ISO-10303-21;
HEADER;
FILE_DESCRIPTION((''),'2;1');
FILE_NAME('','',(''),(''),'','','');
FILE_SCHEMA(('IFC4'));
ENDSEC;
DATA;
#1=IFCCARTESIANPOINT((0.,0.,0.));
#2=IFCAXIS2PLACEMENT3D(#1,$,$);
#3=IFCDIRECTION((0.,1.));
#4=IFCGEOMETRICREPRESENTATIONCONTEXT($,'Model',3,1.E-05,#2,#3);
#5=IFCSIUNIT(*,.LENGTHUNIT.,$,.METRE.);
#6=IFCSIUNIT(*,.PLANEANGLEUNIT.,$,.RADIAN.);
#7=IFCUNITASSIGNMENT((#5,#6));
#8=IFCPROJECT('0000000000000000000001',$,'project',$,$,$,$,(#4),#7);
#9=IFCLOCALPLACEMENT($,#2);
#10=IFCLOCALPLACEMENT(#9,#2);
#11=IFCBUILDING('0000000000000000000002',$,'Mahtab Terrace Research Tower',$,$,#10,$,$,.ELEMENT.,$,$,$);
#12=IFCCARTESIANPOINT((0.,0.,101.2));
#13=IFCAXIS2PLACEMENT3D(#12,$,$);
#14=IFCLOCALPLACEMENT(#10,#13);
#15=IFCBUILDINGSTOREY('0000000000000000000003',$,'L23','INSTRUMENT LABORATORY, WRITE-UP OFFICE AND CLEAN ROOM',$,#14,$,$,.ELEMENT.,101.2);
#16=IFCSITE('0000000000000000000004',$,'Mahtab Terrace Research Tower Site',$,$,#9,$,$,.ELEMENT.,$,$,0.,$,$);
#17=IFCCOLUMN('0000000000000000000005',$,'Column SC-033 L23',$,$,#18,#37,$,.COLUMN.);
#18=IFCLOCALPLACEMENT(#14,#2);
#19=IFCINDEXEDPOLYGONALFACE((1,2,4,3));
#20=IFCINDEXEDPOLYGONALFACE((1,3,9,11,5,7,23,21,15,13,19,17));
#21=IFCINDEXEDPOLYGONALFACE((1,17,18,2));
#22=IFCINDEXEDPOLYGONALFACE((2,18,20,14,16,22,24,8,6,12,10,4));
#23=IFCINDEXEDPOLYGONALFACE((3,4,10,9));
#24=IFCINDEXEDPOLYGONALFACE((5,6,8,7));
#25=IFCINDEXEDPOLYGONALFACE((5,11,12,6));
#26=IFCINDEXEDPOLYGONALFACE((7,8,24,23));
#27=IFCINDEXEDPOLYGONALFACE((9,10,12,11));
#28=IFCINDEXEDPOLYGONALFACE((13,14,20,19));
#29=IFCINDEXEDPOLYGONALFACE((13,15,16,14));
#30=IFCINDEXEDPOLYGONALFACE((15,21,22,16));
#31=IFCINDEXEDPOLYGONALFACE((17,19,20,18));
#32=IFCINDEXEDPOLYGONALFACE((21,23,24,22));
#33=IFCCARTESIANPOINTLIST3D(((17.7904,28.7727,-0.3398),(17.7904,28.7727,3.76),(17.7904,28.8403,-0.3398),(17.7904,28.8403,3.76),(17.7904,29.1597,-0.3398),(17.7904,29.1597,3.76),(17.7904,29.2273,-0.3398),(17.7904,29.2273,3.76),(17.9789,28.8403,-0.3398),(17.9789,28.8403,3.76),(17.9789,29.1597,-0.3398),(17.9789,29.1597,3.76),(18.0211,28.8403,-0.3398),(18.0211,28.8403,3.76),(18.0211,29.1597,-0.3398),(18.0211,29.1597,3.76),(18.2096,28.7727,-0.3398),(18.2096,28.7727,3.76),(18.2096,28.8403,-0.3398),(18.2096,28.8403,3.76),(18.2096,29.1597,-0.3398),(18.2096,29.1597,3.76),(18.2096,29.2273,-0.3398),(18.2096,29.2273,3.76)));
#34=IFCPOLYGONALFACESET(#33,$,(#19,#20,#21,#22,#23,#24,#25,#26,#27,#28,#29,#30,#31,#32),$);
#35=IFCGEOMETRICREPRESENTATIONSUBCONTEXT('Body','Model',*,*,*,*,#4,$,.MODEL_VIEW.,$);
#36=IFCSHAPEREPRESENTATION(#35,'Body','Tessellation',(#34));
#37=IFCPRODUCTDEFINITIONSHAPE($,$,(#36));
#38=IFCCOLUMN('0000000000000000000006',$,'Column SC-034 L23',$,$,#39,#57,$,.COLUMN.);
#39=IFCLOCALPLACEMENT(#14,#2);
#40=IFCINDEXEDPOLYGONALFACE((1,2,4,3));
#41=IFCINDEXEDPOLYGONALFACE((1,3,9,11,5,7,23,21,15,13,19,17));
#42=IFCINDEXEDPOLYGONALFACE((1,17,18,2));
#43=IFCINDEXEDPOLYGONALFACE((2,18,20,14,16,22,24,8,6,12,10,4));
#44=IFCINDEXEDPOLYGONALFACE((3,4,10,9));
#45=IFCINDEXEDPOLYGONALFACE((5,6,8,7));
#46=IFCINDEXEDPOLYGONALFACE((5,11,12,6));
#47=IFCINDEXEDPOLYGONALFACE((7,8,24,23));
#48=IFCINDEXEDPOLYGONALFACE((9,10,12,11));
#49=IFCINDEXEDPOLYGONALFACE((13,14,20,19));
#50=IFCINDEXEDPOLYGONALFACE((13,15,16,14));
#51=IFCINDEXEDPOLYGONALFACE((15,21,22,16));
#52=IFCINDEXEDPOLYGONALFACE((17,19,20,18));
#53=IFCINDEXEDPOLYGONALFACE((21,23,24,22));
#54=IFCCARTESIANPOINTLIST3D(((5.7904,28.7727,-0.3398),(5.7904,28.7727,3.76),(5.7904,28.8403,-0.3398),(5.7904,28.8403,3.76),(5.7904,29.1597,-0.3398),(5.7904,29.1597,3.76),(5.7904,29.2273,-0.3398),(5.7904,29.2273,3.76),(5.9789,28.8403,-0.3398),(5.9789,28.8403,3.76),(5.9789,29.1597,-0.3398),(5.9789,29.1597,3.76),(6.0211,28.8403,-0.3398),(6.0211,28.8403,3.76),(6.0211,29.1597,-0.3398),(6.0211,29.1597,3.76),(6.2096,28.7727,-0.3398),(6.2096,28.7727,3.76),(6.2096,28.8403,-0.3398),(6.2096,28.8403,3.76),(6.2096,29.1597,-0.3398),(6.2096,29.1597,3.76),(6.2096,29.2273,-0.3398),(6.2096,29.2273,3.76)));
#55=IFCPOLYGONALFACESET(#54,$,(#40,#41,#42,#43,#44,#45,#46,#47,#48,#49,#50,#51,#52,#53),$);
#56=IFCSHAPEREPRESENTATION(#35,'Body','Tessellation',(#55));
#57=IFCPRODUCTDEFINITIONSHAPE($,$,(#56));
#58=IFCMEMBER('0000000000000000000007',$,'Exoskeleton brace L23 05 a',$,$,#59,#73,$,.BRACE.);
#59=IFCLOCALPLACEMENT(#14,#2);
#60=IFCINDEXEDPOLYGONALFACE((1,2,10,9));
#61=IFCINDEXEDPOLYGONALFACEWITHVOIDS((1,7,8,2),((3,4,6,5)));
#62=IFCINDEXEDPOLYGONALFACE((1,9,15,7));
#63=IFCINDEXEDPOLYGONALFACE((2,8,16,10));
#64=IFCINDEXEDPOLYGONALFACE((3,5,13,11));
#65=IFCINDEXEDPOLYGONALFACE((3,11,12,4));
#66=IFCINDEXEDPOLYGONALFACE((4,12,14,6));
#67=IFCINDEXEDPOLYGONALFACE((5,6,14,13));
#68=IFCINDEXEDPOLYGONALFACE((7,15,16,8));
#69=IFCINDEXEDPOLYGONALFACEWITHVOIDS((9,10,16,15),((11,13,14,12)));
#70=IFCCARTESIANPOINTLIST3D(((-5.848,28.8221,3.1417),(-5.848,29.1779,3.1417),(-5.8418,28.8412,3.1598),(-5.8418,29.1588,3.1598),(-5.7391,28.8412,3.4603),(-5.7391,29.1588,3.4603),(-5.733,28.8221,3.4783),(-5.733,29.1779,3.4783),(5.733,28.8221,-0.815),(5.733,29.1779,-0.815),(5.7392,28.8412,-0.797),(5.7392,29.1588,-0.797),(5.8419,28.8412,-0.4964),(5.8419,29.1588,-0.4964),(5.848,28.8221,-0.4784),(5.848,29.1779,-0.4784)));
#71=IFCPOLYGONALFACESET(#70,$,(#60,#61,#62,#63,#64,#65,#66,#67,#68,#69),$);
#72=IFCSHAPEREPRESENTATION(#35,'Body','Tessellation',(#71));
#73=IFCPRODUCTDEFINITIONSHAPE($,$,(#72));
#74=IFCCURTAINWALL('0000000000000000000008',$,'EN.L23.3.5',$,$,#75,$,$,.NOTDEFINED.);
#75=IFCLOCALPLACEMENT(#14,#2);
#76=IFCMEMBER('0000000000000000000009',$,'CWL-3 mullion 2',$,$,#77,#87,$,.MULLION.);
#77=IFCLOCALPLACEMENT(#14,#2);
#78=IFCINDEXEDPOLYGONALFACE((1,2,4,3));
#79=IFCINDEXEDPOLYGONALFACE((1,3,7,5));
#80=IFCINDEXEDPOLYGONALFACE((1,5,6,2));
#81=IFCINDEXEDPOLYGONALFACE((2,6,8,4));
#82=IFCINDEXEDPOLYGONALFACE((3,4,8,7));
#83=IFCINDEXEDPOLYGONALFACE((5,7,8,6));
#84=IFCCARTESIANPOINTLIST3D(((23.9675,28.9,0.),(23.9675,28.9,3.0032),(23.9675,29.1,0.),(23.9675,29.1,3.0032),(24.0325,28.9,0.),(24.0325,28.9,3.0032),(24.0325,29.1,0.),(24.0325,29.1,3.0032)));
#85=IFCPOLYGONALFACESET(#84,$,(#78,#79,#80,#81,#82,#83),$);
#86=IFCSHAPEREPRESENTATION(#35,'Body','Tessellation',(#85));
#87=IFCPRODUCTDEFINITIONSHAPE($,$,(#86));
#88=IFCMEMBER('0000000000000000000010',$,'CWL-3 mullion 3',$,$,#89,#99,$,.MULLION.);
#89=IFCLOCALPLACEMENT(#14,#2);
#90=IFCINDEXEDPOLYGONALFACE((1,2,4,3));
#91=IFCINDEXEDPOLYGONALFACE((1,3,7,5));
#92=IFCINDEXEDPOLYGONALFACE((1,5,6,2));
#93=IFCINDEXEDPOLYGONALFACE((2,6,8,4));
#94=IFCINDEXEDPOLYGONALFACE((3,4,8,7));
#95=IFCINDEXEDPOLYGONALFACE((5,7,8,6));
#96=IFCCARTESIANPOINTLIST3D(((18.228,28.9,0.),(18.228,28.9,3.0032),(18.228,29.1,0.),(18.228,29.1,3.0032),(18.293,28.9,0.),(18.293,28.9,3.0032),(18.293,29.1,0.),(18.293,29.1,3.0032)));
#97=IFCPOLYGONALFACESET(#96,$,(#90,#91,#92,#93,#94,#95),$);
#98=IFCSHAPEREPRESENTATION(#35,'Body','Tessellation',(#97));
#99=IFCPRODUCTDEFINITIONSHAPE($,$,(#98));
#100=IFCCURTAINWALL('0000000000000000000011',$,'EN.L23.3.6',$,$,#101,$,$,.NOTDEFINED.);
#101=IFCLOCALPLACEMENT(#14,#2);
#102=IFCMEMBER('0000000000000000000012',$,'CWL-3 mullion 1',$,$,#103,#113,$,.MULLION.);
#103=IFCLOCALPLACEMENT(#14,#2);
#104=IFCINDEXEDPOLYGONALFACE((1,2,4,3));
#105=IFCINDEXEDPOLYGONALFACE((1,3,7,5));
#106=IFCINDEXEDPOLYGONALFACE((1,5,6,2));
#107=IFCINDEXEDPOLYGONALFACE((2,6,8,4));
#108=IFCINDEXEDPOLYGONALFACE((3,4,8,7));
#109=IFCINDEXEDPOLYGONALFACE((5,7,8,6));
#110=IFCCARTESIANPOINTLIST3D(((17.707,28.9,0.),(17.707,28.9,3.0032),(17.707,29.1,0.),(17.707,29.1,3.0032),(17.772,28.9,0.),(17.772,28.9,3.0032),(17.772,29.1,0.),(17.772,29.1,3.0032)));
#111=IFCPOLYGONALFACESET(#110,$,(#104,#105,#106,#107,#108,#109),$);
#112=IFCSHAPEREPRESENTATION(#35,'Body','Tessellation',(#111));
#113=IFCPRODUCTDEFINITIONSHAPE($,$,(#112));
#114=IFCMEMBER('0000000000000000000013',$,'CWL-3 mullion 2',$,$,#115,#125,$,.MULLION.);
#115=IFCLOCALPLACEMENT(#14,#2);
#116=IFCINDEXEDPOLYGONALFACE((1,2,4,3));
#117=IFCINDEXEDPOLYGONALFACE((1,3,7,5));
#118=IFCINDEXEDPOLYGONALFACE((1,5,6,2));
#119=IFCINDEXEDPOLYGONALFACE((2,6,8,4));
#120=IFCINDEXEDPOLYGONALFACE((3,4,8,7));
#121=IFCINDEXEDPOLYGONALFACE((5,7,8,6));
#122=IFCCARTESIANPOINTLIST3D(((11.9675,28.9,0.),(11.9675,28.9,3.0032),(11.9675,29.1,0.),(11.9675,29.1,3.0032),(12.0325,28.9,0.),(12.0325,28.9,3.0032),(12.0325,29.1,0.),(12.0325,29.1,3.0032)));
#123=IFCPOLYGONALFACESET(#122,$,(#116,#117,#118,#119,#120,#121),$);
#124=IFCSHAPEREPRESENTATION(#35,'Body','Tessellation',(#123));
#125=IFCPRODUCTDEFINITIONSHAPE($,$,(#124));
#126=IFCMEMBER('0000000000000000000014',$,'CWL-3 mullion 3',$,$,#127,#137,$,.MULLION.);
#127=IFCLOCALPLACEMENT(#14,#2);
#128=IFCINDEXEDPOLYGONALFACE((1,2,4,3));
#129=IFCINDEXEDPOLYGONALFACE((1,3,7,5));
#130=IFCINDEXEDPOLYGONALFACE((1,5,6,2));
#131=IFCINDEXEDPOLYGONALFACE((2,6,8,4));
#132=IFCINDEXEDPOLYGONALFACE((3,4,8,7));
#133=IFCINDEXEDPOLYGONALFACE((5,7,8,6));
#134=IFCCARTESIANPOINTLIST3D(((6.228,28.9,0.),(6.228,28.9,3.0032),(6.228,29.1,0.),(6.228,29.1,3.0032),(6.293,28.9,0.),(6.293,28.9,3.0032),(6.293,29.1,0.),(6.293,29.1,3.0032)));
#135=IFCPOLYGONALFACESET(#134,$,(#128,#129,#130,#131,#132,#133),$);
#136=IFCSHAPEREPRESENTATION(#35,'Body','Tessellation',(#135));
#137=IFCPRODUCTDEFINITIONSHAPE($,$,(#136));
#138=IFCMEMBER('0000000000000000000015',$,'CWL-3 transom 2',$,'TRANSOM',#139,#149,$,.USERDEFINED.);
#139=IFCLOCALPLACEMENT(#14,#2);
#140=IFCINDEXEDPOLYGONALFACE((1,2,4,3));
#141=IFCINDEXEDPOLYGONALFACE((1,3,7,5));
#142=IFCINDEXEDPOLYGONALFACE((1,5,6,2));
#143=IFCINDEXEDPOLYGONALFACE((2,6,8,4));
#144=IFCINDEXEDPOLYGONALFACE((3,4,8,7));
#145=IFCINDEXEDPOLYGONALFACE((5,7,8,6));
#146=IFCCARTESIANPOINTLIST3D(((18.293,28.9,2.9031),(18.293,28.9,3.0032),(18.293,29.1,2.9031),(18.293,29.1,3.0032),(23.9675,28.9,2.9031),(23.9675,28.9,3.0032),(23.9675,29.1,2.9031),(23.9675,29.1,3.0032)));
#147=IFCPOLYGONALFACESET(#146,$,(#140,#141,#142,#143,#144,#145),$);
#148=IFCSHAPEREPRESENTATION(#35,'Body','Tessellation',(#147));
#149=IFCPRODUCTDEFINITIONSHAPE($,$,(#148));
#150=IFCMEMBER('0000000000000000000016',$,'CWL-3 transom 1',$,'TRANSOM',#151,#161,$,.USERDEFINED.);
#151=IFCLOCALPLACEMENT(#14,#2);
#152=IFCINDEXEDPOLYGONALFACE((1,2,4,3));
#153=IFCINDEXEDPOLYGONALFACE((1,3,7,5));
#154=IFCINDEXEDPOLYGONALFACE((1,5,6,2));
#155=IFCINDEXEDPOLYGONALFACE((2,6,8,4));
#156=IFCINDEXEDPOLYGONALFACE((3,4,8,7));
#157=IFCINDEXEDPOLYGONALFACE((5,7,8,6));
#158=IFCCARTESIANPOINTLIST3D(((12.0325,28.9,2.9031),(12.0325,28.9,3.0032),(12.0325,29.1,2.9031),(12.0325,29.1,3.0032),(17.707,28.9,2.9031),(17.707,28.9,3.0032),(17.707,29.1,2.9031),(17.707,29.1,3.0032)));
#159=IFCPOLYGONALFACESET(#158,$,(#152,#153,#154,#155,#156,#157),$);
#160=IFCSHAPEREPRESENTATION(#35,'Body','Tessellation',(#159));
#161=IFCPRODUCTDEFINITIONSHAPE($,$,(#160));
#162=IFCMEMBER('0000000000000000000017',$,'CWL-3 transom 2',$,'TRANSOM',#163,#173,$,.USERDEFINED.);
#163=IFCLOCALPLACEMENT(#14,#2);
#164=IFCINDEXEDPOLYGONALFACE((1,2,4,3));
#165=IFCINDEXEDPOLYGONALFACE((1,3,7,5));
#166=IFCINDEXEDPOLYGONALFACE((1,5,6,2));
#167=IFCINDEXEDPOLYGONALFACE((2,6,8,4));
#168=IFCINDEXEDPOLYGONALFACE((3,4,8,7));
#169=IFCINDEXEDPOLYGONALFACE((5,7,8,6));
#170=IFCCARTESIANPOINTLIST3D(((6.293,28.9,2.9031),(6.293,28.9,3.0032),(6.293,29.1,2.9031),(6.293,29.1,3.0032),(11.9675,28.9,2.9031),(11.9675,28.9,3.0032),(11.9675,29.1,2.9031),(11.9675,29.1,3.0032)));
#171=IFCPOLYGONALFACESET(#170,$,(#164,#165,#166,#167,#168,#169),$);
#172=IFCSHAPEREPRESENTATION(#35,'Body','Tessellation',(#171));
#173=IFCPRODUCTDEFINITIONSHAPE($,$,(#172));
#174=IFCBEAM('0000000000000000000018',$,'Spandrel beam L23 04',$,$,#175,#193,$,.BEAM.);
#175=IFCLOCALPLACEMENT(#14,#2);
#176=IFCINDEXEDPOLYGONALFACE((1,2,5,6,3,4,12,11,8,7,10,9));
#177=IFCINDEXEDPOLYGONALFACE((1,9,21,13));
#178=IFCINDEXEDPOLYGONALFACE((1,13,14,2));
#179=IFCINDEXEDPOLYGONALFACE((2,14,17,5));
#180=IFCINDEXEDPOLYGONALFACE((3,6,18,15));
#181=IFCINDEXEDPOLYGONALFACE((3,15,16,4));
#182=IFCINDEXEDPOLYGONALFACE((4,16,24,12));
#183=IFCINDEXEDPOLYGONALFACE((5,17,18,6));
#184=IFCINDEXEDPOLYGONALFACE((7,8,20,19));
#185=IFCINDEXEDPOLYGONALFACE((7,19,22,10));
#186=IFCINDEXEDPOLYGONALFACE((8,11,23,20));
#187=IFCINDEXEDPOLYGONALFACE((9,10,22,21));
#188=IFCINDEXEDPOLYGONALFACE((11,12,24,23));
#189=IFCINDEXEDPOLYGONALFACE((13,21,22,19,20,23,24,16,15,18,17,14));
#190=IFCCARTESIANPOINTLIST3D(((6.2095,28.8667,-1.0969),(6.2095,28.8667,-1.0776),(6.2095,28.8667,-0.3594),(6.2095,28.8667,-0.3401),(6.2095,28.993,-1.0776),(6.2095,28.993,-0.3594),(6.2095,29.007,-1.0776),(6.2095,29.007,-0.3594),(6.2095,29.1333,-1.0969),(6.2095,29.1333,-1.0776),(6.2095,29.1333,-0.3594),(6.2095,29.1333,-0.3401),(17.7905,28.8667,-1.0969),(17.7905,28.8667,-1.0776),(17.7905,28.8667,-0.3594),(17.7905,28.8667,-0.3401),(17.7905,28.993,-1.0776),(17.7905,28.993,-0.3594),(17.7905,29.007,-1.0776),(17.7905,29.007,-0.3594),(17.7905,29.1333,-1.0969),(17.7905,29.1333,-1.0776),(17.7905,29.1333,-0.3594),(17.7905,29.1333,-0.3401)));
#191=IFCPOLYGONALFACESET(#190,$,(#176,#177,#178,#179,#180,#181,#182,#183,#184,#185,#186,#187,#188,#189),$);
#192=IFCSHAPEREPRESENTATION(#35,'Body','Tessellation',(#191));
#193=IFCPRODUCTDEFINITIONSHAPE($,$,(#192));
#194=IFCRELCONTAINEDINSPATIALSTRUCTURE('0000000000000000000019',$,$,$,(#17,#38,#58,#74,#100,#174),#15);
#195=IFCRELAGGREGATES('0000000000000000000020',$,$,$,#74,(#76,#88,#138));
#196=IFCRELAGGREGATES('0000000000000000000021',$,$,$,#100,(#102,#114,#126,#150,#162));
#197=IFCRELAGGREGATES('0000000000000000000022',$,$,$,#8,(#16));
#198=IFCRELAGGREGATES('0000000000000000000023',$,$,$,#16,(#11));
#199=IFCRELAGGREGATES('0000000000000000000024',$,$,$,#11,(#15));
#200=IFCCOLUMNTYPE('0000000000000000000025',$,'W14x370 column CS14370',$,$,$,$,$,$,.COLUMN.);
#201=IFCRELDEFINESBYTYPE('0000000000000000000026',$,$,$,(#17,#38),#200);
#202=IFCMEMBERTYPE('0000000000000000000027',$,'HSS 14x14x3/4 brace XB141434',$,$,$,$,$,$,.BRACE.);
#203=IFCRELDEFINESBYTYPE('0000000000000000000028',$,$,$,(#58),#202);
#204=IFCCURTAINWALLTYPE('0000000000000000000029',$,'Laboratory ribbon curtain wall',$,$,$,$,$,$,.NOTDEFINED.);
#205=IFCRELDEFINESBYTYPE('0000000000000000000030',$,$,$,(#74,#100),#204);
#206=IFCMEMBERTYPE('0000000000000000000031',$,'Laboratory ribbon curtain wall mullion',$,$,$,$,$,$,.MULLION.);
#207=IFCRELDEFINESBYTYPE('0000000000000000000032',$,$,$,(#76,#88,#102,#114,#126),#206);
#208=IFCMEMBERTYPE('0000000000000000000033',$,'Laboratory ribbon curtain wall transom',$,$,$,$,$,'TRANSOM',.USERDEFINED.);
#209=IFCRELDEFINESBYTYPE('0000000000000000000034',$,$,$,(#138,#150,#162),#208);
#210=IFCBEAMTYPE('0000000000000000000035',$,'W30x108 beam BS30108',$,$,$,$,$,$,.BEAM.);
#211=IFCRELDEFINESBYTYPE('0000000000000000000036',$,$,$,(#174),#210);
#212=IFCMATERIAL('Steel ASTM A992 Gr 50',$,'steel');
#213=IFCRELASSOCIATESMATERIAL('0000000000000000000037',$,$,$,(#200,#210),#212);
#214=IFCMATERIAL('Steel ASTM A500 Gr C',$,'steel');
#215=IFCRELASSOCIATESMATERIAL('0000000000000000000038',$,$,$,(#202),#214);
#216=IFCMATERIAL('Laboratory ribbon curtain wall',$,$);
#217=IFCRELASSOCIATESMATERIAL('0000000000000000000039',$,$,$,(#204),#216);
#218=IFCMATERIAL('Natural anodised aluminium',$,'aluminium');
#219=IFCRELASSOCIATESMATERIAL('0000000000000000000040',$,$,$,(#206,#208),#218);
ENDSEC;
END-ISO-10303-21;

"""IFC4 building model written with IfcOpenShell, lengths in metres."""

from ifc_helpers import new_model, si_unit, direction, frame, origin, origin_2d, place, context, subcontext, project, spatial, rectangle, hollow_rectangle, i_section, extrude, material, material_profile, profile_set, type_object, element, aggregate, save


model = new_model("IFC4")

# Units and contexts
model_context = context("Model", 3, precision=1e-05, world=origin(), true_north=direction((0.0, 1.0)))
body_context = subcontext(model_context, "Body", "Model", "MODEL_VIEW")
ifc_project = project(units=[si_unit("LENGTHUNIT", "METRE"), si_unit("PLANEANGLEUNIT", "RADIAN")], contexts=[model_context])

# Site, building, storey
site_placement = place(None, origin())
site = spatial("IfcSite", under=ifc_project, at=site_placement, Name="Mahtab Terrace Research Tower Site", CompositionType="ELEMENT", RefElevation=0.0)
building_placement = place(site_placement, origin())
building = spatial("IfcBuilding", under=site, at=building_placement, Name="Mahtab Terrace Research Tower", CompositionType="ELEMENT")
storey_placement = place(building_placement, frame((0.0, 0.0, 101.2)))
storey = spatial("IfcBuildingStorey", under=building, at=storey_placement, Name="L23", Description="INSTRUMENT LABORATORY, WRITE-UP OFFICE AND CLEAN ROOM", CompositionType="ELEMENT", Elevation=101.2)

# Columns
ifc_material_1 = material(Name="Steel ASTM A992 Gr 50", Category="steel")
ifc_material_profile_1 = material_profile(ifc_material_1, i_section(OverallWidth=0.4192, OverallDepth=0.4546, WebThickness=0.0422, FlangeThickness=0.0676, at=origin_2d()), Name="W14X370")
ifc_profile_set_1 = profile_set([ifc_material_profile_1], Name="Steel ASTM A992 Gr 50")
column_type = type_object("IfcColumnType", Name="W14x370 column CS14370", PredefinedType="COLUMN", material=ifc_profile_set_1)
for number, where, z_axis, x_axis, name in (
    (1, (18.0, 29.0, -0.3398), (0.0, 0.0, 1.0), (1.0, 0.0, 0.0), "Column SC-033 L23"),
    (2, (6.0, 29.0, -0.3398), (0.0, 0.0, 1.0), (1.0, 0.0, 0.0), "Column SC-034 L23"),
):
    element("IfcColumn", number, at=place(storey_placement, frame(where, z_axis=z_axis, x_axis=x_axis)), inside=storey, type_object=column_type, Name=name, PredefinedType="COLUMN", context=body_context, shape_type="SweptSolid", body=[
        extrude(i_section(OverallWidth=0.4192, OverallDepth=0.4546, WebThickness=0.0422, FlangeThickness=0.0676, at=origin_2d()), origin(), (0.0, 0.0, 1.0), 4.0999),
    ])

# Member
ifc_material_2 = material(Name="Steel ASTM A500 Gr C", Category="steel")
ifc_material_profile_2 = material_profile(ifc_material_2, hollow_rectangle(XDim=0.3557, YDim=0.3557, WallThickness=0.019, at=origin_2d()), Name="HSS14X14X3/4")
ifc_profile_set_2 = profile_set([ifc_material_profile_2], Name="Steel ASTM A500 Gr C")
member_type_1 = type_object("IfcMemberType", Name="HSS 14x14x3/4 brace XB141434", PredefinedType="BRACE", material=ifc_profile_set_2)
member_1_placement = place(storey_placement, frame((5.7905, 29.0, -0.6467), z_axis=(-0.946293, 0.0, 0.323311), x_axis=(0.0, -1.0, 0.0)))
element("IfcMember", 3, at=member_1_placement, inside=storey, type_object=member_type_1, Name="Exoskeleton brace L23 05 a", PredefinedType="BRACE", context=body_context, shape_type="SweptSolid", body=[
    extrude(hollow_rectangle(XDim=0.3557, YDim=0.3557, WallThickness=0.019, at=origin_2d()), origin(), (0.0, 0.0, 1.0), 12.2383),
])

# Curtain walls, members
ifc_material_3 = material(Name="Laboratory ribbon curtain wall")
curtain_wall_type = type_object("IfcCurtainWallType", Name="Laboratory ribbon curtain wall", PredefinedType="NOTDEFINED", material=ifc_material_3)
curtain_wall_1_placement = place(storey_placement, origin())
curtain_wall_1 = element("IfcCurtainWall", 4, at=curtain_wall_1_placement, inside=storey, type_object=curtain_wall_type, Name="EN.L23.3.5", PredefinedType="NOTDEFINED")
ifc_material_4 = material(Name="Natural anodised aluminium", Category="aluminium")
ifc_material_profile_3 = material_profile(ifc_material_4, rectangle(XDim=0.2, YDim=0.0649, at=origin_2d()), Name="MULLION 65x200")
ifc_profile_set_3 = profile_set([ifc_material_profile_3], Name="Natural anodised aluminium")
member_type_2 = type_object("IfcMemberType", Name="Laboratory ribbon curtain wall mullion", PredefinedType="MULLION", material=ifc_profile_set_3)
member_2_placement = place(storey_placement, frame((24.0, 29.0, 0.0), z_axis=(0.0, 0.0, 1.0), x_axis=(0.0, -1.0, 0.0)))
member_2 = element("IfcMember", 5, at=member_2_placement, type_object=member_type_2, Name="CWL-3 mullion 2", PredefinedType="MULLION", context=body_context, shape_type="SweptSolid", body=[
    extrude(rectangle(XDim=0.2, YDim=0.0649, at=origin_2d()), origin(), (0.0, 0.0, 1.0), 3.0032),
])
member_3_placement = place(storey_placement, frame((18.2605, 29.0, 0.0), z_axis=(0.0, 0.0, 1.0), x_axis=(0.0, -1.0, 0.0)))
member_3 = element("IfcMember", 6, at=member_3_placement, type_object=member_type_2, Name="CWL-3 mullion 3", PredefinedType="MULLION", context=body_context, shape_type="SweptSolid", body=[
    extrude(rectangle(XDim=0.2, YDim=0.0649, at=origin_2d()), origin(), (0.0, 0.0, 1.0), 3.0032),
])
curtain_wall_2_placement = place(storey_placement, origin())
curtain_wall_2 = element("IfcCurtainWall", 7, at=curtain_wall_2_placement, inside=storey, type_object=curtain_wall_type, Name="EN.L23.3.6", PredefinedType="NOTDEFINED")
member_4_placement = place(storey_placement, frame((17.7395, 29.0, 0.0), z_axis=(0.0, 0.0, 1.0), x_axis=(0.0, -1.0, 0.0)))
member_4 = element("IfcMember", 8, at=member_4_placement, type_object=member_type_2, Name="CWL-3 mullion 1", PredefinedType="MULLION", context=body_context, shape_type="SweptSolid", body=[
    extrude(rectangle(XDim=0.2, YDim=0.0649, at=origin_2d()), origin(), (0.0, 0.0, 1.0), 3.0032),
])
member_5_placement = place(storey_placement, frame((12.0, 29.0, 0.0), z_axis=(0.0, 0.0, 1.0), x_axis=(0.0, -1.0, 0.0)))
member_5 = element("IfcMember", 9, at=member_5_placement, type_object=member_type_2, Name="CWL-3 mullion 2", PredefinedType="MULLION", context=body_context, shape_type="SweptSolid", body=[
    extrude(rectangle(XDim=0.2, YDim=0.0649, at=origin_2d()), origin(), (0.0, 0.0, 1.0), 3.0032),
])
member_6_placement = place(storey_placement, frame((6.2605, 29.0, 0.0), z_axis=(0.0, 0.0, 1.0), x_axis=(0.0, -1.0, 0.0)))
member_6 = element("IfcMember", 10, at=member_6_placement, type_object=member_type_2, Name="CWL-3 mullion 3", PredefinedType="MULLION", context=body_context, shape_type="SweptSolid", body=[
    extrude(rectangle(XDim=0.2, YDim=0.0649, at=origin_2d()), origin(), (0.0, 0.0, 1.0), 3.0032),
])

# Members
ifc_material_profile_4 = material_profile(ifc_material_4, rectangle(XDim=0.2, YDim=0.1001, at=origin_2d()), Name="TRANSOM 100x200")
ifc_profile_set_4 = profile_set([ifc_material_profile_4], Name="Natural anodised aluminium")
member_type_3 = type_object("IfcMemberType", Name="Laboratory ribbon curtain wall transom", ElementType="TRANSOM", PredefinedType="USERDEFINED", material=ifc_profile_set_4)
member_7_placement = place(storey_placement, frame((23.9675, 29.0, 2.9531), z_axis=(-1.0, 0.0, 0.0), x_axis=(0.0, -1.0, 0.0)))
member_7 = element("IfcMember", 11, at=member_7_placement, type_object=member_type_3, Name="CWL-3 transom 2", ObjectType="TRANSOM", PredefinedType="USERDEFINED", context=body_context, shape_type="SweptSolid", body=[
    extrude(rectangle(XDim=0.2, YDim=0.1001, at=origin_2d()), origin(), (0.0, 0.0, 1.0), 5.6746),
])
member_8_placement = place(storey_placement, frame((17.707, 29.0, 2.9531), z_axis=(-1.0, 0.0, 0.0), x_axis=(0.0, -1.0, 0.0)))
member_8 = element("IfcMember", 12, at=member_8_placement, type_object=member_type_3, Name="CWL-3 transom 1", ObjectType="TRANSOM", PredefinedType="USERDEFINED", context=body_context, shape_type="SweptSolid", body=[
    extrude(rectangle(XDim=0.2, YDim=0.1001, at=origin_2d()), origin(), (0.0, 0.0, 1.0), 5.6746),
])
member_9_placement = place(storey_placement, frame((11.9675, 29.0, 2.9531), z_axis=(-1.0, 0.0, 0.0), x_axis=(0.0, -1.0, 0.0)))
member_9 = element("IfcMember", 13, at=member_9_placement, type_object=member_type_3, Name="CWL-3 transom 2", ObjectType="TRANSOM", PredefinedType="USERDEFINED", context=body_context, shape_type="SweptSolid", body=[
    extrude(rectangle(XDim=0.2, YDim=0.1001, at=origin_2d()), origin(), (0.0, 0.0, 1.0), 5.6746),
])

# Beam
ifc_material_profile_5 = material_profile(ifc_material_1, i_section(OverallWidth=0.2666, OverallDepth=0.7568, WebThickness=0.0139, FlangeThickness=0.0193, at=origin_2d()), Name="W30X108")
ifc_profile_set_5 = profile_set([ifc_material_profile_5], Name="Steel ASTM A992 Gr 50")
beam_type = type_object("IfcBeamType", Name="W30x108 beam BS30108", PredefinedType="BEAM", material=ifc_profile_set_5)
beam_placement = place(storey_placement, frame((17.7905, 29.0, -0.7185), z_axis=(-1.0, 0.0, 0.0), x_axis=(0.0, -1.0, 0.0)))
element("IfcBeam", 14, at=beam_placement, inside=storey, type_object=beam_type, Name="Spandrel beam L23 04", PredefinedType="BEAM", context=body_context, shape_type="SweptSolid", body=[
    extrude(i_section(OverallWidth=0.2666, OverallDepth=0.7568, WebThickness=0.0139, FlangeThickness=0.0193, at=origin_2d()), origin(), (0.0, 0.0, 1.0), 11.5811),
])

aggregate(curtain_wall_1, [member_2, member_3, member_7])
aggregate(curtain_wall_2, [member_4, member_5, member_6, member_8, member_9])

save(model, "model.ifc")
